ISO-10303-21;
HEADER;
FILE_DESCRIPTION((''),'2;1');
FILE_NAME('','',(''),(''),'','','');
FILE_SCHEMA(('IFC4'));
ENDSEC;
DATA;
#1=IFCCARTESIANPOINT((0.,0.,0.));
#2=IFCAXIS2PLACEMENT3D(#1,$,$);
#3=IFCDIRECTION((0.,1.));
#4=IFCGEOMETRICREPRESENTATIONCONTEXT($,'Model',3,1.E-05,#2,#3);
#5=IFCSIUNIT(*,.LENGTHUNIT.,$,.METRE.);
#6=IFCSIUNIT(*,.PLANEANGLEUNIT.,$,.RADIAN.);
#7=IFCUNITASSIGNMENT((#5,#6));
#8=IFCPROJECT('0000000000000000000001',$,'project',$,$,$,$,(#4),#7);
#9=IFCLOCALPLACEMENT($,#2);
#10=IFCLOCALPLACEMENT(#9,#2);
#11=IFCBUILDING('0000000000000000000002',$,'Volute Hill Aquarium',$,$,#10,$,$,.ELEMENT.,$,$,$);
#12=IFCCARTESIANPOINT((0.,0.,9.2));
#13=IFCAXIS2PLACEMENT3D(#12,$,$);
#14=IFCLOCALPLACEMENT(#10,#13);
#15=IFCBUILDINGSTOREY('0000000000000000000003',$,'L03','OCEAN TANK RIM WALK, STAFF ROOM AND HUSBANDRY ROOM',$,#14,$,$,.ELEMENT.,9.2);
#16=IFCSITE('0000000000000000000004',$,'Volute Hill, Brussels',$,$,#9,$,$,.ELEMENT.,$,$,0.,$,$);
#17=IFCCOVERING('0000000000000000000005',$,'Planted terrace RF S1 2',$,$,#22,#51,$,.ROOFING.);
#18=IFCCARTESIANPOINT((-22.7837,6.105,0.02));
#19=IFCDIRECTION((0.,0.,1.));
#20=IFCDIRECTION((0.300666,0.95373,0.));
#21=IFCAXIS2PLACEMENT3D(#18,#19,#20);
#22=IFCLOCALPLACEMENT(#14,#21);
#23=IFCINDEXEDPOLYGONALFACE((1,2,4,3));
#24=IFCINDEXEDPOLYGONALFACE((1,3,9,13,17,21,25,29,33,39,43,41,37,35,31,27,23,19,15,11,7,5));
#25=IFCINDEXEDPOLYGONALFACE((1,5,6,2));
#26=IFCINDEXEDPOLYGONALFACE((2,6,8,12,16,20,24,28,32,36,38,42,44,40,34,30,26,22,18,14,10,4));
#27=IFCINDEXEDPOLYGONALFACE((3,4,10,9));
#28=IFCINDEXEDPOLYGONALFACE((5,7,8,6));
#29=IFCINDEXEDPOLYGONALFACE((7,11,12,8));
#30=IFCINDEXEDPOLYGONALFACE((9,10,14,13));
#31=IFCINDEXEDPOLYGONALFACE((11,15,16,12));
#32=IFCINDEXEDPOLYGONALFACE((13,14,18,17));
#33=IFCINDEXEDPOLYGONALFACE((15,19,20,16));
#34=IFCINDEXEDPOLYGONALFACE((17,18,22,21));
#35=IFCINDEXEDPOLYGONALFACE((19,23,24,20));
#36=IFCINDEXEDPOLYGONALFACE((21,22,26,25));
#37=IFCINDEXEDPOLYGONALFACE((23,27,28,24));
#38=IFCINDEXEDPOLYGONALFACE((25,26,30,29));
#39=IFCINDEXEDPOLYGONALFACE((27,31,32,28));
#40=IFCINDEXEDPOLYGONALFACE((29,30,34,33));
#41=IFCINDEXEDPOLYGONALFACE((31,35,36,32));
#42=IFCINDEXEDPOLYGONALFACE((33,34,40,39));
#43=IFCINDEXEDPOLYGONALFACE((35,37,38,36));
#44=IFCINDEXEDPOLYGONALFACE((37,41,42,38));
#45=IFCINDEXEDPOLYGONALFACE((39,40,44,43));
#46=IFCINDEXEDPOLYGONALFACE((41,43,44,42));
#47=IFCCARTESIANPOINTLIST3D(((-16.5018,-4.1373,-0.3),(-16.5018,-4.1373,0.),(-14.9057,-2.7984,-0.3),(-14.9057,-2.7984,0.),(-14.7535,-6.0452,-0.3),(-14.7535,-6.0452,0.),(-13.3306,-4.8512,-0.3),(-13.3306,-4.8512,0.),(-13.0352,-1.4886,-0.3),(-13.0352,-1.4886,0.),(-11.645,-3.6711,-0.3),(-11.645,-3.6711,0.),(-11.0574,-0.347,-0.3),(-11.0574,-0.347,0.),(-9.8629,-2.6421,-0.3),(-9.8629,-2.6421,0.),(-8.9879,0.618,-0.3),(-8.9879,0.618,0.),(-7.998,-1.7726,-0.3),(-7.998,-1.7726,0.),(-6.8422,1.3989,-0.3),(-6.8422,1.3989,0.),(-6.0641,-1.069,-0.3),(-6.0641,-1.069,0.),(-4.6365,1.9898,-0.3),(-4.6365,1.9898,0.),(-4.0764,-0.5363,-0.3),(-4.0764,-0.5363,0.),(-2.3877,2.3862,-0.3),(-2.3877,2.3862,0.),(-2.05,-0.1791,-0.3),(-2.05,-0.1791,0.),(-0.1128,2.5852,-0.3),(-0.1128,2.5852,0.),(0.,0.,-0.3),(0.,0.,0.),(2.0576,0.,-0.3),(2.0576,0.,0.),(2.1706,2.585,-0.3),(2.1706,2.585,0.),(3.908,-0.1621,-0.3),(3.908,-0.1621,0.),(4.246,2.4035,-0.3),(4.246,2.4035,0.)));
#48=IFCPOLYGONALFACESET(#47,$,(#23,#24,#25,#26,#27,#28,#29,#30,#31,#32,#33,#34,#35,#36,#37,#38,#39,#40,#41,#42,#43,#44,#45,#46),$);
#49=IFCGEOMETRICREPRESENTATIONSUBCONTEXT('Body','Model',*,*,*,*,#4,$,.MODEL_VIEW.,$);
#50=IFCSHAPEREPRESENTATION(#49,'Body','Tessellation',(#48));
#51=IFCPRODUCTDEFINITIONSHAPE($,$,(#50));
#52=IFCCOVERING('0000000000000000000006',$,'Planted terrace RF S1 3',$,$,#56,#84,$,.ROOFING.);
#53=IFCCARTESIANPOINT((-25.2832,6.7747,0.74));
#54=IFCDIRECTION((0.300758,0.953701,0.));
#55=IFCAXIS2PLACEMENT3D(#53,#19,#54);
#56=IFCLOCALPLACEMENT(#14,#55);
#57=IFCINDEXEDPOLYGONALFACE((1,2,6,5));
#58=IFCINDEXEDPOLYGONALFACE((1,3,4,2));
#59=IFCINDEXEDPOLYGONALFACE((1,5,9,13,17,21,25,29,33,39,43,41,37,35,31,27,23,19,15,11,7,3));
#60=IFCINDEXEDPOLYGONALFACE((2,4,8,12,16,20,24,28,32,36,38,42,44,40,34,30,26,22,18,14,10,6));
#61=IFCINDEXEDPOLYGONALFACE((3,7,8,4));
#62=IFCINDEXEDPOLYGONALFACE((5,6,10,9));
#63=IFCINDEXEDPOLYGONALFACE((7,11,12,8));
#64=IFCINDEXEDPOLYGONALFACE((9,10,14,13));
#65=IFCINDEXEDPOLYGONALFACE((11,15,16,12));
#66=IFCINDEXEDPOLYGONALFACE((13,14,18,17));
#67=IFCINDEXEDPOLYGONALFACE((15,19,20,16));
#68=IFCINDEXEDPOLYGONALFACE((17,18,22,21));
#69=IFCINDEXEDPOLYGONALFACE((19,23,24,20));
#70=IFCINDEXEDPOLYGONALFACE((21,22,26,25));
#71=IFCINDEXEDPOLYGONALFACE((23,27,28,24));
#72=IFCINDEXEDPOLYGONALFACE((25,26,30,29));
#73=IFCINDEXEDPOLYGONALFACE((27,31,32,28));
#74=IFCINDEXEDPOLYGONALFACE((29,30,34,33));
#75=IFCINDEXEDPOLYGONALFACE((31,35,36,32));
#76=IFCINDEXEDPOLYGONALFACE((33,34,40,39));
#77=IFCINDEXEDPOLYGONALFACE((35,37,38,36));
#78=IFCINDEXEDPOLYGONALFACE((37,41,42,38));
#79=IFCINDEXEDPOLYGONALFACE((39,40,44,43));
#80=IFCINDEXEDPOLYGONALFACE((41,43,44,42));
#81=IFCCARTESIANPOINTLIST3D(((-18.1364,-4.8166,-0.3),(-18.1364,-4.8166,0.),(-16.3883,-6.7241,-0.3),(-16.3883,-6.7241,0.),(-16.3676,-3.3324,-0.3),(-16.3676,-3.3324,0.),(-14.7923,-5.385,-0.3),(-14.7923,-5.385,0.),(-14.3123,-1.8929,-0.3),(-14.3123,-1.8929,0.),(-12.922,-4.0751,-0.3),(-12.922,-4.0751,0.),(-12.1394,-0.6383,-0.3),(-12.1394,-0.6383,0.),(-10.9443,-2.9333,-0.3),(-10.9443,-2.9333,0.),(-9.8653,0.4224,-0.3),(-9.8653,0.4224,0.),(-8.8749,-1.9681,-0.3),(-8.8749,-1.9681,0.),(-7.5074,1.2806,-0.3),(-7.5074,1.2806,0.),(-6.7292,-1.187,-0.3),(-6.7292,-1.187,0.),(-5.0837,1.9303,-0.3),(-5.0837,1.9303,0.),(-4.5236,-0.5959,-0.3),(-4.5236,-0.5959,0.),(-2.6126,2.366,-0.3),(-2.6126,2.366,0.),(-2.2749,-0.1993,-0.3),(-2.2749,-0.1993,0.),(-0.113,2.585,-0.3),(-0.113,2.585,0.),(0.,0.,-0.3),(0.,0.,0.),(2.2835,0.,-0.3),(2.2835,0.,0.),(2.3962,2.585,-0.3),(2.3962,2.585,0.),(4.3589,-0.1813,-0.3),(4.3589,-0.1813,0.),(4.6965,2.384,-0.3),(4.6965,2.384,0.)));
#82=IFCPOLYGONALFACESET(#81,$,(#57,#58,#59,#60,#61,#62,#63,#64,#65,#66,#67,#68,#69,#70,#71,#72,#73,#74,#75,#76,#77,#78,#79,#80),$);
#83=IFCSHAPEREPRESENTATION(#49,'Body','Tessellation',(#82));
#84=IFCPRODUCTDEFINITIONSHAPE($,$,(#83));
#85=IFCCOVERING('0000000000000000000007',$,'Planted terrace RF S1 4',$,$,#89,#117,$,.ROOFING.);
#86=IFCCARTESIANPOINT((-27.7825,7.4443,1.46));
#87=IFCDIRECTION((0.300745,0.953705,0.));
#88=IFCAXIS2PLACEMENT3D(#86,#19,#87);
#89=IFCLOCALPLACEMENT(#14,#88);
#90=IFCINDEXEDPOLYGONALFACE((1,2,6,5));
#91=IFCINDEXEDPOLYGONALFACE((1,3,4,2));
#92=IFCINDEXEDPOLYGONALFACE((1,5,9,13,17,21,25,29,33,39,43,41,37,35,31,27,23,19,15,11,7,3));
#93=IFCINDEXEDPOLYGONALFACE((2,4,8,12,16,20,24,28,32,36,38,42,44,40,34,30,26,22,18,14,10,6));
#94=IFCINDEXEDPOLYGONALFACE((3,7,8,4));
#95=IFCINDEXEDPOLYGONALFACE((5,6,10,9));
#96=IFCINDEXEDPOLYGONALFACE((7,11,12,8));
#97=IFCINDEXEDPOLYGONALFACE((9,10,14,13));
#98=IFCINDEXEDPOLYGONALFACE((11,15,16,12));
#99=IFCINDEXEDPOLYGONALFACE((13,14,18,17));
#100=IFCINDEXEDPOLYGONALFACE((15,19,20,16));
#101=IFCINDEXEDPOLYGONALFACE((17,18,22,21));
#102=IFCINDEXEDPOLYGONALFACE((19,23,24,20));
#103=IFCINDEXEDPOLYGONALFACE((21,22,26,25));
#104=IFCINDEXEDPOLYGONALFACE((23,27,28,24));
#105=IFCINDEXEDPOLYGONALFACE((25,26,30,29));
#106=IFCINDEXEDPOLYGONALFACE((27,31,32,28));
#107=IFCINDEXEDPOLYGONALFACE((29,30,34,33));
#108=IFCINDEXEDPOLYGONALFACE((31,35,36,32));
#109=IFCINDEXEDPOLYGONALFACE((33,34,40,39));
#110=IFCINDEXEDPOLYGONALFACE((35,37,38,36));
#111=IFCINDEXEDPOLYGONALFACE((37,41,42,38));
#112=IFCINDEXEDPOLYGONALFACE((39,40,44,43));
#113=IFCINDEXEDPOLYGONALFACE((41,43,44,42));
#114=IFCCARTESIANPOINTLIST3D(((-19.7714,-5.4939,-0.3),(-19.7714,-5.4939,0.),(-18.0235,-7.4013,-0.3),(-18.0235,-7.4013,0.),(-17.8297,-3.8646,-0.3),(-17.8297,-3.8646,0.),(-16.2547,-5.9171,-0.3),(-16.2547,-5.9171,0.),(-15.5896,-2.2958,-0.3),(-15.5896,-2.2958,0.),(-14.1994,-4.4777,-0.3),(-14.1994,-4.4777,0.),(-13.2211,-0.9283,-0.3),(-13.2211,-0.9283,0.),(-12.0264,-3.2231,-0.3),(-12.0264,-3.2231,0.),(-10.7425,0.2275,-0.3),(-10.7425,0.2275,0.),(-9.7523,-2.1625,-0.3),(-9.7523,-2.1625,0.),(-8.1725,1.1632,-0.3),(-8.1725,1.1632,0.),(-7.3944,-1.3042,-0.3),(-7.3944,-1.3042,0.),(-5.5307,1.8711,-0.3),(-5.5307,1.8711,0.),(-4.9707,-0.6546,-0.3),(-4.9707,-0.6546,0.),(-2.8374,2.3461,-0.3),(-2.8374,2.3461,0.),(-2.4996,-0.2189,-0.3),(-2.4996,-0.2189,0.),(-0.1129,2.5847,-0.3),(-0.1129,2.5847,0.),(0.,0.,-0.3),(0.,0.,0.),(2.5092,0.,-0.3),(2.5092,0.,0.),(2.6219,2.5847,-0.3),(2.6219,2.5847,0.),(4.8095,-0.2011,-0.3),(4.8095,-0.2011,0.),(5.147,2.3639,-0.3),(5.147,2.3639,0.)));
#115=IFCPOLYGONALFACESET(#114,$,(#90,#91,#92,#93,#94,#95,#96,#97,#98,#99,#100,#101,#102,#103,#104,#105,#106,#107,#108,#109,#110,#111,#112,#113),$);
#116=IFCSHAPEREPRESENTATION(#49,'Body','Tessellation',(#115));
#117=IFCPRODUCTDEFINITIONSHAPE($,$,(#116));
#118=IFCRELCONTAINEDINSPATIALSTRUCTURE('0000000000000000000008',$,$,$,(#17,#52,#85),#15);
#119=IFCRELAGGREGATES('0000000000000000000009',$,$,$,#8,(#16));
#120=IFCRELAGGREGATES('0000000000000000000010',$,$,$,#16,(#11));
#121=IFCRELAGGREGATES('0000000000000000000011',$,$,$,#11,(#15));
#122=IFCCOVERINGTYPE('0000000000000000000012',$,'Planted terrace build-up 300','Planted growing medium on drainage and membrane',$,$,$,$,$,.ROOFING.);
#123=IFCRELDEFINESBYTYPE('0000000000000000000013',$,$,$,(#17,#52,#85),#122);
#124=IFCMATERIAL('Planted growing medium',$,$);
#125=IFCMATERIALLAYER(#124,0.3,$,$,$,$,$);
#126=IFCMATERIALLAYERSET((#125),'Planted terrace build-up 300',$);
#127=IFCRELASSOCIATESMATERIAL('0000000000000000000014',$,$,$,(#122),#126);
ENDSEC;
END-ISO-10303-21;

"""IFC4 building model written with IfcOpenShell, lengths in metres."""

from ifc_helpers import new_model, si_unit, direction, frame, origin, place, context, subcontext, project, spatial, polyline, outline, extrude, material, layer, layer_set, type_object, element, save


model = new_model("IFC4")

# Units and contexts
model_context = context("Model", 3, precision=1e-05, world=origin(), true_north=direction((0.0, 1.0)))
body_context = subcontext(model_context, "Body", "Model", "MODEL_VIEW")
ifc_project = project(units=[si_unit("LENGTHUNIT", "METRE"), si_unit("PLANEANGLEUNIT", "RADIAN")], contexts=[model_context])

# Site, building, storey
site_placement = place(None, origin())
site = spatial("IfcSite", under=ifc_project, at=site_placement, Name="Volute Hill, Brussels", CompositionType="ELEMENT", RefElevation=0.0)
building_placement = place(site_placement, origin())
building = spatial("IfcBuilding", under=site, at=building_placement, Name="Volute Hill Aquarium", CompositionType="ELEMENT")
storey_placement = place(building_placement, frame((0.0, 0.0, 9.2)))
storey = spatial("IfcBuildingStorey", under=building, at=storey_placement, Name="L03", Description="OCEAN TANK RIM WALK, STAFF ROOM AND HUSBANDRY ROOM", CompositionType="ELEMENT", Elevation=9.2)

# Coverings
ifc_material_1 = material(Name="Planted growing medium")
ifc_layer_1 = layer(ifc_material_1, 0.3)
ifc_layer_set_1 = layer_set([ifc_layer_1], Name="Planted terrace build-up 300")
covering_type_1 = type_object("IfcCoveringType", Name="Planted terrace build-up 300", Description="Planted growing medium on drainage and membrane", PredefinedType="ROOFING", material=ifc_layer_set_1)
covering_1_placement = place(storey_placement, frame((-22.7837, 6.105, 0.02), z_axis=(0.0, 0.0, 1.0), x_axis=(0.300666, 0.95373, 0.0)))
element("IfcCovering", 1, at=covering_1_placement, inside=storey, type_object=covering_type_1, Name="Planted terrace RF S1 2", PredefinedType="ROOFING", context=body_context, shape_type="SweptSolid", body=[
    extrude(outline(polyline([(0.0, 0.0), (2.0576, 0.0), (3.908, -0.1621), (4.246, 2.4035), (2.1706, 2.585), (-0.1128, 2.5852), (-2.3877, 2.3862), (-4.6365, 1.9898), (-6.8422, 1.3989), (-8.9879, 0.618), (-11.0574, -0.347), (-13.0352, -1.4886), (-14.9057, -2.7984), (-16.5018, -4.1373), (-14.7535, -6.0452), (-13.3306, -4.8512), (-11.645, -3.6711), (-9.8629, -2.6421), (-7.998, -1.7726), (-6.0641, -1.069), (-4.0764, -0.5363), (-2.05, -0.1791), (0.0, 0.0)])), origin(), (0.0, 0.0, -1.0), 0.3),
])
covering_2_placement = place(storey_placement, frame((-25.2832, 6.7747, 0.74), z_axis=(0.0, 0.0, 1.0), x_axis=(0.300758, 0.953701, 0.0)))
element("IfcCovering", 2, at=covering_2_placement, inside=storey, type_object=covering_type_1, Name="Planted terrace RF S1 3", PredefinedType="ROOFING", context=body_context, shape_type="SweptSolid", body=[
    extrude(outline(polyline([(0.0, 0.0), (2.2835, 0.0), (4.3589, -0.1813), (4.6965, 2.384), (2.3962, 2.585), (-0.113, 2.585), (-2.6126, 2.366), (-5.0837, 1.9303), (-7.5074, 1.2806), (-9.8653, 0.4224), (-12.1394, -0.6383), (-14.3123, -1.8929), (-16.3676, -3.3324), (-18.1364, -4.8166), (-16.3883, -6.7241), (-14.7923, -5.385), (-12.922, -4.0751), (-10.9443, -2.9333), (-8.8749, -1.9681), (-6.7292, -1.187), (-4.5236, -0.5959), (-2.2749, -0.1993), (0.0, 0.0)])), origin(), (0.0, 0.0, -1.0), 0.3),
])
covering_3_placement = place(storey_placement, frame((-27.7825, 7.4443, 1.46), z_axis=(0.0, 0.0, 1.0), x_axis=(0.300745, 0.953705, 0.0)))
element("IfcCovering", 3, at=covering_3_placement, inside=storey, type_object=covering_type_1, Name="Planted terrace RF S1 4", PredefinedType="ROOFING", context=body_context, shape_type="SweptSolid", body=[
    extrude(outline(polyline([(0.0, 0.0), (2.5092, 0.0), (4.8095, -0.2011), (5.147, 2.3639), (2.6219, 2.5847), (-0.1129, 2.5847), (-2.8374, 2.3461), (-5.5307, 1.8711), (-8.1725, 1.1632), (-10.7425, 0.2275), (-13.2211, -0.9283), (-15.5896, -2.2958), (-17.8297, -3.8646), (-19.7714, -5.4939), (-18.0235, -7.4013), (-16.2547, -5.9171), (-14.1994, -4.4777), (-12.0264, -3.2231), (-9.7523, -2.1625), (-7.3944, -1.3042), (-4.9707, -0.6546), (-2.4996, -0.2189), (0.0, 0.0)])), origin(), (0.0, 0.0, -1.0), 0.3),
])

save(model, "model.ifc")
